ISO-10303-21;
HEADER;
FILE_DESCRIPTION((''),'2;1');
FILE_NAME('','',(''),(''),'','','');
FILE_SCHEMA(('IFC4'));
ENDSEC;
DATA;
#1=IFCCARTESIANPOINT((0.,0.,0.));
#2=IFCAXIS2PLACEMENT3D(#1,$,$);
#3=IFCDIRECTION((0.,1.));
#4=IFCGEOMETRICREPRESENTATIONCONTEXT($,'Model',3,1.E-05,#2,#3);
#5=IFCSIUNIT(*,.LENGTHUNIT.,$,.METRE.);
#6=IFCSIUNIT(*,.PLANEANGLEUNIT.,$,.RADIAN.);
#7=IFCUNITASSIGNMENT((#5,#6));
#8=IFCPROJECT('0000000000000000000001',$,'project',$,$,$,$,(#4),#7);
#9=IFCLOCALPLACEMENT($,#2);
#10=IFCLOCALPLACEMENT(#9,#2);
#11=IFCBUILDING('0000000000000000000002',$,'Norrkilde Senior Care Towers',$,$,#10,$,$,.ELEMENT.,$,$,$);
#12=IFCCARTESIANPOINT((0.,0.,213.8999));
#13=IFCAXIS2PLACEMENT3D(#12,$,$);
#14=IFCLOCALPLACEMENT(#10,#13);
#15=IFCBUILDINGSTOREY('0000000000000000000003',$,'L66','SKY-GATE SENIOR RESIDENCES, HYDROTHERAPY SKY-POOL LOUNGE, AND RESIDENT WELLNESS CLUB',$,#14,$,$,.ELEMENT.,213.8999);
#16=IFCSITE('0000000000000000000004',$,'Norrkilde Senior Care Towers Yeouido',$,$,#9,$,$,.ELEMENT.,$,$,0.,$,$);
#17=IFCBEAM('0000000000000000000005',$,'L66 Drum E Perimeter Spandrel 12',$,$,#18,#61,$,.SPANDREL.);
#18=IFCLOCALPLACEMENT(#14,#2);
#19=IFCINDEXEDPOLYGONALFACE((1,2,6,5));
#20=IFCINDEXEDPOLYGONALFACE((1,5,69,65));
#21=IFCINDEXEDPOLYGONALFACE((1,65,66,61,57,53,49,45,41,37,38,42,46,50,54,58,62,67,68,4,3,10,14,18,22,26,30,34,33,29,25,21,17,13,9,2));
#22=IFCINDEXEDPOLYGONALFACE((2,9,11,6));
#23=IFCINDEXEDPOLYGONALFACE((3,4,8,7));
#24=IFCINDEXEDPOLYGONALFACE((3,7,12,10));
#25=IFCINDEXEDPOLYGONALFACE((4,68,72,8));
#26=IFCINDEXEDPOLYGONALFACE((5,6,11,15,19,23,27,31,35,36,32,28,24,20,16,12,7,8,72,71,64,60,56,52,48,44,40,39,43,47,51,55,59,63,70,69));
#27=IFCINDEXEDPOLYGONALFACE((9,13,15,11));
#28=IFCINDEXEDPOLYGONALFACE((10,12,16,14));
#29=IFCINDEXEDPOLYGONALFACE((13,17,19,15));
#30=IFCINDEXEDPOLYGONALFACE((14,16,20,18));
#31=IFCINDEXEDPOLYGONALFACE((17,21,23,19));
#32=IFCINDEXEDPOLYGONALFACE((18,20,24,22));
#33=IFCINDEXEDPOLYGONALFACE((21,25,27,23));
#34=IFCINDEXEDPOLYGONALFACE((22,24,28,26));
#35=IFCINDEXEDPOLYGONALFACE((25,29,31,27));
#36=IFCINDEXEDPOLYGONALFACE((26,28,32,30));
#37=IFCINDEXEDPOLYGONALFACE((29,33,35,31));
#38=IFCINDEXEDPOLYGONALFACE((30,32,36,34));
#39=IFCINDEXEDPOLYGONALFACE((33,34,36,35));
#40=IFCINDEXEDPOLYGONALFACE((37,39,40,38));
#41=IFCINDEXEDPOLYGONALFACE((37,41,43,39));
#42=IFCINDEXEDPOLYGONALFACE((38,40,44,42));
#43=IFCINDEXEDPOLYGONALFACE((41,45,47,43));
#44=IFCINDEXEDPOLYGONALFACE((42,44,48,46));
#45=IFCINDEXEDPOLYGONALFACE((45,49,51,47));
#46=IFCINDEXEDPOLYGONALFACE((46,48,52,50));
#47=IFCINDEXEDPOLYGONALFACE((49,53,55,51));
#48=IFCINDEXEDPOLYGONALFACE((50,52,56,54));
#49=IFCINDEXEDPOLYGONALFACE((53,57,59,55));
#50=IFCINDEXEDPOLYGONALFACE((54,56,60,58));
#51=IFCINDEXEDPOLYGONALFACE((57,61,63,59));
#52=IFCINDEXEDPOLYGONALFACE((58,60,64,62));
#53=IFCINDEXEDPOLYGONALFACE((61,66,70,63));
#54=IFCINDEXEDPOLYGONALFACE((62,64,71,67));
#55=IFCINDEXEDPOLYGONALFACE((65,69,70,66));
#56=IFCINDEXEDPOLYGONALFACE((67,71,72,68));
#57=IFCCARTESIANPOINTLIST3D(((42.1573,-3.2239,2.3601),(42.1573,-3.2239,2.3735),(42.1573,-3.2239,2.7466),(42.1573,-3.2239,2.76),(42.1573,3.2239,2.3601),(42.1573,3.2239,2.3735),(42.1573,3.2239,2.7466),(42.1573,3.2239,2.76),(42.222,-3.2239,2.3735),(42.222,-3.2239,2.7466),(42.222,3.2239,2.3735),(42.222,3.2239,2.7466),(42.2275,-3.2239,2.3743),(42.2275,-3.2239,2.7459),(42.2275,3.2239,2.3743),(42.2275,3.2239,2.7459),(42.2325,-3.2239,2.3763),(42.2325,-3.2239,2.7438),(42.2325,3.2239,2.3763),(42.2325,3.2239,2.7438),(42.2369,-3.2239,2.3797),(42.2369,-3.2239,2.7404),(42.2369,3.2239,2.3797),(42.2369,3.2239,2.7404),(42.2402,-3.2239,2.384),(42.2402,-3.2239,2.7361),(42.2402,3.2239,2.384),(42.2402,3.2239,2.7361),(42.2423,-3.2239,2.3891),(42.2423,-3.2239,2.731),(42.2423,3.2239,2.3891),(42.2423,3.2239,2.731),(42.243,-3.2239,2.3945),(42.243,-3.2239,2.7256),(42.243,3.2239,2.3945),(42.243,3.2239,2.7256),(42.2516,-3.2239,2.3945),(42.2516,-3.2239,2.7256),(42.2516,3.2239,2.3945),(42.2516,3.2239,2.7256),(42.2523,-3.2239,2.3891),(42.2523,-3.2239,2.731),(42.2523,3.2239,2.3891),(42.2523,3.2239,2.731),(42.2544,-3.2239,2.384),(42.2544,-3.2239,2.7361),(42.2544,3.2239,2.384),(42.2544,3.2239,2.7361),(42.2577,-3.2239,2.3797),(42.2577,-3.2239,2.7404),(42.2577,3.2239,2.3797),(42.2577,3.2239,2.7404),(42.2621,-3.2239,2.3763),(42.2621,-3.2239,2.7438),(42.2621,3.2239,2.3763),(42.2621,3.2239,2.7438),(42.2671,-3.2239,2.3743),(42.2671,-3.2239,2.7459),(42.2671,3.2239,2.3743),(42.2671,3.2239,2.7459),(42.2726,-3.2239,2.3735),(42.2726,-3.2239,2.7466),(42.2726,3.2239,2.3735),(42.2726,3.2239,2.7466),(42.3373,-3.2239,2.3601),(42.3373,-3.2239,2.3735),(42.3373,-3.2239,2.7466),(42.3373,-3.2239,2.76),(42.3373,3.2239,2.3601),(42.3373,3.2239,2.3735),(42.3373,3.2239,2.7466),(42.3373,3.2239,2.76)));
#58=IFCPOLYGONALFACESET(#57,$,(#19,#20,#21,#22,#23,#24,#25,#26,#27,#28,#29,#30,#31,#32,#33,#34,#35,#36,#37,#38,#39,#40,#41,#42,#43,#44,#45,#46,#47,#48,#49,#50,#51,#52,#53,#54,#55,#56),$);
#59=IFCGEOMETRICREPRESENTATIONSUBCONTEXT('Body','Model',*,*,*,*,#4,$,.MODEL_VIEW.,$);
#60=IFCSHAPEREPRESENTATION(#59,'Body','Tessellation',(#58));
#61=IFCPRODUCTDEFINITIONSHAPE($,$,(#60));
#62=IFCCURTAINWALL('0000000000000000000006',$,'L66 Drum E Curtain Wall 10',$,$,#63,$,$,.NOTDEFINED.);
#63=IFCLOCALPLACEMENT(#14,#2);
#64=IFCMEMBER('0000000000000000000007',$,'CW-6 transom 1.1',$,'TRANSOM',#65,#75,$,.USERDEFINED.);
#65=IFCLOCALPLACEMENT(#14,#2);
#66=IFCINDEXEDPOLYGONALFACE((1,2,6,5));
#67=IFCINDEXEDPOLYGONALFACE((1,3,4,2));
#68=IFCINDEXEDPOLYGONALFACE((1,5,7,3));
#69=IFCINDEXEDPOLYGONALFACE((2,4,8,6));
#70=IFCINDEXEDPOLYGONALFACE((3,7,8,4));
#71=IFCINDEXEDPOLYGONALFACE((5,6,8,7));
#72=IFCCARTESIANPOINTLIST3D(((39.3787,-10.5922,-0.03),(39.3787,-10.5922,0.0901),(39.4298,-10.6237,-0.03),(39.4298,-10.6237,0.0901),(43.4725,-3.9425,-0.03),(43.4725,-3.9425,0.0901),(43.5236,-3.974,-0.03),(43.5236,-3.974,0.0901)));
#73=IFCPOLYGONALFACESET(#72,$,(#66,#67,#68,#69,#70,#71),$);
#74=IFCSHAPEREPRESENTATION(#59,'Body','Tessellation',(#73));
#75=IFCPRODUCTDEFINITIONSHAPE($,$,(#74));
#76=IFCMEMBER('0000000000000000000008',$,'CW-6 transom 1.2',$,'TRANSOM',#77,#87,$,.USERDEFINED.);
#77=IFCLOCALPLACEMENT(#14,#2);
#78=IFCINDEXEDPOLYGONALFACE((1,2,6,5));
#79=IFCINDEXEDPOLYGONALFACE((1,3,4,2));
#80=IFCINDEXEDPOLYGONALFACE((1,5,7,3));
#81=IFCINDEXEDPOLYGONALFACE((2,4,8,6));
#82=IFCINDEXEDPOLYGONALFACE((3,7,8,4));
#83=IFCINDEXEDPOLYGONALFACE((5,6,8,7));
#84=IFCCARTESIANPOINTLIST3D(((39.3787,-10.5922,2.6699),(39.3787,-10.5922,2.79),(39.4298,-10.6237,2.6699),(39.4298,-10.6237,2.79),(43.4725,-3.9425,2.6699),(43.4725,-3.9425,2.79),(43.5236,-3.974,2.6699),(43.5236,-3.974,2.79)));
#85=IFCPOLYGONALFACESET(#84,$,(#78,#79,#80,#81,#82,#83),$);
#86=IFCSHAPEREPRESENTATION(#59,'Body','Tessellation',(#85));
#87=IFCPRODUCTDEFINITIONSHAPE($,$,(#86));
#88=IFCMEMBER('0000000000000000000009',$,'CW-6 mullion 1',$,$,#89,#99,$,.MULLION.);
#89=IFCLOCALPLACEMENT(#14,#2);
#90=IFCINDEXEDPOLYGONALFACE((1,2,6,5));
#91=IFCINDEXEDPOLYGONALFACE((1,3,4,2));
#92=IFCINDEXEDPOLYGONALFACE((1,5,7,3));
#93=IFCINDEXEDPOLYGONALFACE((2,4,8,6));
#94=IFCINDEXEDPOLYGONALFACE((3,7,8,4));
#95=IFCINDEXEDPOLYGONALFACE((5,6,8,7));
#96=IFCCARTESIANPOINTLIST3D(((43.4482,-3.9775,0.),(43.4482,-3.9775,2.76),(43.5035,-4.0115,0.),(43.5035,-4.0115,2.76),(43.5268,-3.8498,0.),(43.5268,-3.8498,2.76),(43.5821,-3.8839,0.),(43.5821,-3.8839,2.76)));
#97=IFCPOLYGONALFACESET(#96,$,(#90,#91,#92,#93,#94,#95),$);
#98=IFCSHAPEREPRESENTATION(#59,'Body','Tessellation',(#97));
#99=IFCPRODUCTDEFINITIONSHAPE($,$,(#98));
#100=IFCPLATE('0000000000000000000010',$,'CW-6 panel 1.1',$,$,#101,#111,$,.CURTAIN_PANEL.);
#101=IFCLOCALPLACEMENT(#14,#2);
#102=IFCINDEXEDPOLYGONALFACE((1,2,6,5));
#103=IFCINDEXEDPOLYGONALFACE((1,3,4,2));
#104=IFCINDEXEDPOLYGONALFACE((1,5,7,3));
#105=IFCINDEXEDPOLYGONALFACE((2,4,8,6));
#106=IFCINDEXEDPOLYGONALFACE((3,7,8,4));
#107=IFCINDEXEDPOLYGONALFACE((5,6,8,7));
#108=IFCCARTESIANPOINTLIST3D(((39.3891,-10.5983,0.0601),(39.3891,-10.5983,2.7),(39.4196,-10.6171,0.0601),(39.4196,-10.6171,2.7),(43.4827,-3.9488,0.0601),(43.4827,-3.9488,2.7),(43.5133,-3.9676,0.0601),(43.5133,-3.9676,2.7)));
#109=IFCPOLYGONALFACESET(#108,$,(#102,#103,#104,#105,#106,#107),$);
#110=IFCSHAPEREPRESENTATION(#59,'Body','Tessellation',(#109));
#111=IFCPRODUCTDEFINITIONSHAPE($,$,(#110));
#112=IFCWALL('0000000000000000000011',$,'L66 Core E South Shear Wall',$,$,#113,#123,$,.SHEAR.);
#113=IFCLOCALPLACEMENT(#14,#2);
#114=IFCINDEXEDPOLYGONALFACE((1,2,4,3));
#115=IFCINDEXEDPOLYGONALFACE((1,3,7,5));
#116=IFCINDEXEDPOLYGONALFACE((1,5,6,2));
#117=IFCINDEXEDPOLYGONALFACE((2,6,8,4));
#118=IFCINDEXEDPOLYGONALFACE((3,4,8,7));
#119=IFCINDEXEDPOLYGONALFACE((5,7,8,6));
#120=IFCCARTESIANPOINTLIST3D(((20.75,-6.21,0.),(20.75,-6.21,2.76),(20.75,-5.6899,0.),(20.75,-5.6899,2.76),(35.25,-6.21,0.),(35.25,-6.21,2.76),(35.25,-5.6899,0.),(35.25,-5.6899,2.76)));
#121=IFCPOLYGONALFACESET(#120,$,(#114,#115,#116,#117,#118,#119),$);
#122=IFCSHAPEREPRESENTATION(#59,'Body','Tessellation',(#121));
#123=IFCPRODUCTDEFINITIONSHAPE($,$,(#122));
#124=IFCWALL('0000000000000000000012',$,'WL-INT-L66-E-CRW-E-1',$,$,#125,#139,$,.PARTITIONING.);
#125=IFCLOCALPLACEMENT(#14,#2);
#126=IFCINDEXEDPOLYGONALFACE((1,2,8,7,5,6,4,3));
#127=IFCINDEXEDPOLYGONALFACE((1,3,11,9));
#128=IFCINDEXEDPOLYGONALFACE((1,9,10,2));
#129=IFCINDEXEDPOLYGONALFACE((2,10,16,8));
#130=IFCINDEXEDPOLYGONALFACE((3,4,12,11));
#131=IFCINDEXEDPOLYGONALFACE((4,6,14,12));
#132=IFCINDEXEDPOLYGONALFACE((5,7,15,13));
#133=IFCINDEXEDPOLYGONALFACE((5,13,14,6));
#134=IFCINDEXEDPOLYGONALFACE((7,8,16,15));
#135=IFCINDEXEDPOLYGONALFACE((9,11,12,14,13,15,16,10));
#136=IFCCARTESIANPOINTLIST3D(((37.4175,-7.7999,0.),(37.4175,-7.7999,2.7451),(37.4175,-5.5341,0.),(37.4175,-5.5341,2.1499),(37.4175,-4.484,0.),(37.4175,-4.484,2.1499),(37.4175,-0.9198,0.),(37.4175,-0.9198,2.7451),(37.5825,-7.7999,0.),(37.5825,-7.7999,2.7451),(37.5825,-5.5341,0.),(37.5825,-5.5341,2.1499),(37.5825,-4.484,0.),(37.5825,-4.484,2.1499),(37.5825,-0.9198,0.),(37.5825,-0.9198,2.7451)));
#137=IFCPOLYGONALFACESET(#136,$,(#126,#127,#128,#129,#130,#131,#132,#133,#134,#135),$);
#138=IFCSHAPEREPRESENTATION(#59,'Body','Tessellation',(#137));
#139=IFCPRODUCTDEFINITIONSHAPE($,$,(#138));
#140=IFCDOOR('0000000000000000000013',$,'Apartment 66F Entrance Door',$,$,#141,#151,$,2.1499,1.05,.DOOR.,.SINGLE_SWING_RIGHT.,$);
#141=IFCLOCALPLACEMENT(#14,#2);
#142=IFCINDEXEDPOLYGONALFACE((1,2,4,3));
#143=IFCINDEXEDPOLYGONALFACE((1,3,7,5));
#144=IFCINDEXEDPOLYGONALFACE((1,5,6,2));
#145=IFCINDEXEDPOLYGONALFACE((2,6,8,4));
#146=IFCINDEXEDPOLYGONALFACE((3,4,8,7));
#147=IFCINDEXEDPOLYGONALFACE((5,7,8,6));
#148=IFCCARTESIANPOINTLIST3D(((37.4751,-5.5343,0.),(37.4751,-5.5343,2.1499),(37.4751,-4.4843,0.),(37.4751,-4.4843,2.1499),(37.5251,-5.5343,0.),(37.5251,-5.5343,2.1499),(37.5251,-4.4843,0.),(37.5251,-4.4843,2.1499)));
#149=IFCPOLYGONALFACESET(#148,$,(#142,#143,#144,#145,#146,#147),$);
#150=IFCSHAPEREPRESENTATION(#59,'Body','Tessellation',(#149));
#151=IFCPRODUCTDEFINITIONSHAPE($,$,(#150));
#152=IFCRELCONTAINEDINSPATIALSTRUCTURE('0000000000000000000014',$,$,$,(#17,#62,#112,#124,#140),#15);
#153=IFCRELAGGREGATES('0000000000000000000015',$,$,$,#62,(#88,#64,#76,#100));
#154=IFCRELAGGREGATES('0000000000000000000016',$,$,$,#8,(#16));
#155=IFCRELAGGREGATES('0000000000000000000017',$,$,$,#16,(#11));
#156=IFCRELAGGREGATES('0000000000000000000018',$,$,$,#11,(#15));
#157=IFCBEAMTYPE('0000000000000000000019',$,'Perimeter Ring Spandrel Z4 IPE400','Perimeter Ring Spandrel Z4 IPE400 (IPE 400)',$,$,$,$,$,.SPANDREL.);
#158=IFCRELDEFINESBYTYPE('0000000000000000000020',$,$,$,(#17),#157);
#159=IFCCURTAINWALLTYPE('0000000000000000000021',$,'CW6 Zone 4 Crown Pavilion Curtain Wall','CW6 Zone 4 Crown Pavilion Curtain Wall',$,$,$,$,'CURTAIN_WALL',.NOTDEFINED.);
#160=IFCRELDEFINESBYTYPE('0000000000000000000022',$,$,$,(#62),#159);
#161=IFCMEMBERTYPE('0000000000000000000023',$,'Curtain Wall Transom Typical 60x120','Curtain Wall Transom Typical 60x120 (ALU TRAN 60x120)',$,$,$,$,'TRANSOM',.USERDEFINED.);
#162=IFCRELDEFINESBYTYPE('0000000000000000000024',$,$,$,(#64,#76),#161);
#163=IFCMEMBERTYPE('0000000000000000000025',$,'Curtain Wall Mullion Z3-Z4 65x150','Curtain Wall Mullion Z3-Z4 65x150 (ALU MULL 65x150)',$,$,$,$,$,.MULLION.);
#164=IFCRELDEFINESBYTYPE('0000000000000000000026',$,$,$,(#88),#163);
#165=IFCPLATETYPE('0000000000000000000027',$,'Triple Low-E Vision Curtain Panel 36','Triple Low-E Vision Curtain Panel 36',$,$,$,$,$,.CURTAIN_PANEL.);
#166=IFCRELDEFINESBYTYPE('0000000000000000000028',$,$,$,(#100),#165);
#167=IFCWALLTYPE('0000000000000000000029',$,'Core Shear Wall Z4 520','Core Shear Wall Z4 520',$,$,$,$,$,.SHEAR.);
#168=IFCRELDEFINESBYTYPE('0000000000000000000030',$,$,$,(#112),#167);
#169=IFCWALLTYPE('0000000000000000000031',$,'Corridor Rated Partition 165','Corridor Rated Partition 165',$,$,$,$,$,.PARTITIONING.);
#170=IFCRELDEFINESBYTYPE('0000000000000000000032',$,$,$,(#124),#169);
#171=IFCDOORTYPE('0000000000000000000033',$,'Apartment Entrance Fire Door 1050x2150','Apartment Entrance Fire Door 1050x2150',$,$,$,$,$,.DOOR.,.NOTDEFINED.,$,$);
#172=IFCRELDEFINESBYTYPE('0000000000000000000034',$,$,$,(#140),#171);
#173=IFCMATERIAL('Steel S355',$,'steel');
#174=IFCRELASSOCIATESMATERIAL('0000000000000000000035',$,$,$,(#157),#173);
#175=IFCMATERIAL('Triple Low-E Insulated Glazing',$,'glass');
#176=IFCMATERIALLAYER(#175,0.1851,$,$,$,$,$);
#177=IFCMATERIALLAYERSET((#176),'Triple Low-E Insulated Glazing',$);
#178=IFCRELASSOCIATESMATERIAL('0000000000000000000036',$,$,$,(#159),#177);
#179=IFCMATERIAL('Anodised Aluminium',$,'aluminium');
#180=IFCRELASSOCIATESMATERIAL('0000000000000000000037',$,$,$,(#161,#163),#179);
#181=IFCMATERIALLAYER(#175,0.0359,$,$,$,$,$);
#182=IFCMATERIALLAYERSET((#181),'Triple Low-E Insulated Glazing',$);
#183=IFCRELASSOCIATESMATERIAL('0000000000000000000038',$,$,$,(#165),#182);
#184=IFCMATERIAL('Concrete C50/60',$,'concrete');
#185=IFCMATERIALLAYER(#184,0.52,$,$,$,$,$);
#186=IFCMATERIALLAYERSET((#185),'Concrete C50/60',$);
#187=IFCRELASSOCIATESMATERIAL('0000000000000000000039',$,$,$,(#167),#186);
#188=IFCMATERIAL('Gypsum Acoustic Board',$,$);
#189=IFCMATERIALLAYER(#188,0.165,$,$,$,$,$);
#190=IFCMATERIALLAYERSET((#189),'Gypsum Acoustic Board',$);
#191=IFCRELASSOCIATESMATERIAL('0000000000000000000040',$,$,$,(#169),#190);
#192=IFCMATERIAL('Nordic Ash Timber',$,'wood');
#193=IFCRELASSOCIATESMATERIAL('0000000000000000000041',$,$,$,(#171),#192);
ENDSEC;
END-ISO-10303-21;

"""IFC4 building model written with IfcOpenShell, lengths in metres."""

from ifc_helpers import new_model, si_unit, direction, frame, frame_2d, origin, origin_2d, place, context, subcontext, project, spatial, rectangle, i_section, extrude, source, transform, mapped, material, layer, layer_set, material_profile, profile_set, type_object, type_shapes, element, fill, aggregate, save


model = new_model("IFC4")

# Units and contexts
model_context = context("Model", 3, precision=1e-05, world=origin(), true_north=direction((0.0, 1.0)))
body_context = subcontext(model_context, "Body", "Model", "MODEL_VIEW")
ifc_project = project(units=[si_unit("LENGTHUNIT", "METRE"), si_unit("PLANEANGLEUNIT", "RADIAN")], contexts=[model_context])

# Site, building, storey
site_placement = place(None, origin())
site = spatial("IfcSite", under=ifc_project, at=site_placement, Name="Norrkilde Senior Care Towers Yeouido", CompositionType="ELEMENT", RefElevation=0.0)
building_placement = place(site_placement, origin())
building = spatial("IfcBuilding", under=site, at=building_placement, Name="Norrkilde Senior Care Towers", CompositionType="ELEMENT")
storey_placement = place(building_placement, frame((0.0, 0.0, 213.8999)))
storey = spatial("IfcBuildingStorey", under=building, at=storey_placement, Name="L66", Description="SKY-GATE SENIOR RESIDENCES, HYDROTHERAPY SKY-POOL LOUNGE, AND RESIDENT WELLNESS CLUB", CompositionType="ELEMENT", Elevation=213.8999)

# Shared definitions
ifc_material_1 = material(Name="Concrete C50/60", Category="concrete")

# Beam
ifc_material_2 = material(Name="Steel S355", Category="steel")
ifc_material_profile_1 = material_profile(ifc_material_2, i_section(OverallWidth=0.1799, OverallDepth=0.3999, WebThickness=0.0085, FlangeThickness=0.0134, FilletRadius=0.021, at=origin_2d()), Name="IPE 400")
ifc_profile_set_1 = profile_set([ifc_material_profile_1], Name="Steel S355")
beam_type_1 = type_object("IfcBeamType", Name="Perimeter Ring Spandrel Z4 IPE400", Description="Perimeter Ring Spandrel Z4 IPE400 (IPE 400)", PredefinedType="SPANDREL", material=ifc_profile_set_1)
shared_shape_1 = source(origin(), body_context, "Body", "SweptSolid", [
    extrude(i_section(OverallWidth=0.1799, OverallDepth=0.3999, WebThickness=0.0085, FlangeThickness=0.0134, FilletRadius=0.021, at=origin_2d()), origin(), (0.0, 0.0, 1.0), 6.4478),
])
type_shapes(beam_type_1, [shared_shape_1])
beam_1_placement = place(storey_placement, frame((42.2473, -3.2239, 2.5601), z_axis=(0.0, 1.0, 0.0), x_axis=(-1.0, 0.0, 0.0)))
element("IfcBeam", 1, at=beam_1_placement, inside=storey, type_object=beam_type_1, Name="L66 Drum E Perimeter Spandrel 12", PredefinedType="SPANDREL", context=body_context, shape_type="MappedRepresentation", body=[
    mapped(shared_shape_1, transform((0.0, 0.0, 0.0), x_axis=(1.0, 0.0, 0.0), y_axis=(0.0, 1.0, 0.0), z_axis=(0.0, 0.0, 1.0), scale=1.0)),
])

# Curtain wall, members, plate
ifc_material_3 = material(Name="Triple Low-E Insulated Glazing", Category="glass")
ifc_layer_1 = layer(ifc_material_3, 0.1851)
ifc_layer_set_1 = layer_set([ifc_layer_1], Name="Triple Low-E Insulated Glazing")
curtain_wall_type = type_object("IfcCurtainWallType", Name="CW6 Zone 4 Crown Pavilion Curtain Wall", Description="CW6 Zone 4 Crown Pavilion Curtain Wall", ElementType="CURTAIN_WALL", PredefinedType="NOTDEFINED", material=ifc_layer_set_1)
curtain_wall_placement = place(storey_placement, origin())
curtain_wall = element("IfcCurtainWall", 2, at=curtain_wall_placement, inside=storey, type_object=curtain_wall_type, Name="L66 Drum E Curtain Wall 10", PredefinedType="NOTDEFINED")
ifc_material_4 = material(Name="Anodised Aluminium", Category="aluminium")
ifc_material_profile_2 = material_profile(ifc_material_4, rectangle(XDim=0.0601, YDim=0.1201, at=origin_2d()), Name="ALU TRAN 60x120")
ifc_profile_set_2 = profile_set([ifc_material_profile_2], Name="Anodised Aluminium")
member_type_1 = type_object("IfcMemberType", Name="Curtain Wall Transom Typical 60x120", Description="Curtain Wall Transom Typical 60x120 (ALU TRAN 60x120)", ElementType="TRANSOM", PredefinedType="USERDEFINED", material=ifc_profile_set_2)
shared_shape_2 = source(origin(), body_context, "Body", "SweptSolid", [
    extrude(rectangle(XDim=0.0601, YDim=0.1201, at=origin_2d()), origin(), (0.0, 0.0, 1.0), 7.8088),
])
type_shapes(member_type_1, [shared_shape_2])
member_1_placement = place(storey_placement, frame((43.498, -3.9583, 0.03), z_axis=(-0.524251, -0.851564, 0.0), x_axis=(0.851564, -0.524251, 0.0)))
member_1 = element("IfcMember", 3, at=member_1_placement, type_object=member_type_1, Name="CW-6 transom 1.1", ObjectType="TRANSOM", PredefinedType="USERDEFINED", context=body_context, shape_type="MappedRepresentation", body=[
    mapped(shared_shape_2, transform((0.0, 0.0, 0.0), x_axis=(1.0, 0.0, 0.0), y_axis=(0.0, 1.0, 0.0), z_axis=(0.0, 0.0, 1.0), scale=1.0)),
])
member_2_placement = place(storey_placement, frame((43.498, -3.9583, 2.73), z_axis=(-0.524251, -0.851564, 0.0), x_axis=(0.851564, -0.524251, 0.0)))
member_2 = element("IfcMember", 4, at=member_2_placement, type_object=member_type_1, Name="CW-6 transom 1.2", ObjectType="TRANSOM", PredefinedType="USERDEFINED", context=body_context, shape_type="MappedRepresentation", body=[
    mapped(shared_shape_2, transform((0.0, 0.0, 0.0), x_axis=(1.0, 0.0, 0.0), y_axis=(0.0, 1.0, 0.0), z_axis=(0.0, 0.0, 1.0), scale=1.0)),
])
ifc_material_profile_3 = material_profile(ifc_material_4, rectangle(XDim=0.0649, YDim=0.1499, at=origin_2d()), Name="ALU MULL 65x150")
ifc_profile_set_3 = profile_set([ifc_material_profile_3], Name="Anodised Aluminium")
member_type_2 = type_object("IfcMemberType", Name="Curtain Wall Mullion Z3-Z4 65x150", Description="Curtain Wall Mullion Z3-Z4 65x150 (ALU MULL 65x150)", PredefinedType="MULLION", material=ifc_profile_set_3)
shared_shape_3 = source(origin(), body_context, "Body", "SweptSolid", [
    extrude(rectangle(XDim=0.0649, YDim=0.1499, at=origin_2d()), origin(), (0.0, 0.0, 1.0), 2.76),
])
type_shapes(member_type_2, [shared_shape_3])
member_3_placement = place(storey_placement, frame((43.5151, -3.9307, 0.0), z_axis=(0.0, 0.0, 1.0), x_axis=(0.851563, -0.524253, 0.0)))
member_3 = element("IfcMember", 5, at=member_3_placement, type_object=member_type_2, Name="CW-6 mullion 1", PredefinedType="MULLION", context=body_context, shape_type="MappedRepresentation", body=[
    mapped(shared_shape_3, transform((0.0, 0.0, 0.0), x_axis=(1.0, 0.0, 0.0), y_axis=(0.0, 1.0, 0.0), z_axis=(0.0, 0.0, 1.0), scale=1.0)),
])
ifc_layer_2 = layer(ifc_material_3, 0.0359)
ifc_layer_set_2 = layer_set([ifc_layer_2], Name="Triple Low-E Insulated Glazing")
plate_type = type_object("IfcPlateType", Name="Triple Low-E Vision Curtain Panel 36", Description="Triple Low-E Vision Curtain Panel 36", PredefinedType="CURTAIN_PANEL", material=ifc_layer_set_2)
shared_shape_4 = source(origin(), body_context, "Body", "SweptSolid", [
    extrude(rectangle(XDim=7.8086, YDim=0.0359, at=origin_2d()), origin(), (0.0, 0.0, 1.0), 2.6399),
])
type_shapes(plate_type, [shared_shape_4])
plate_placement = place(storey_placement, frame((41.4512, -7.283, 0.0601), z_axis=(0.0, 0.0, 1.0), x_axis=(-0.524253, -0.851563, 0.0)))
plate = element("IfcPlate", 6, at=plate_placement, type_object=plate_type, Name="CW-6 panel 1.1", PredefinedType="CURTAIN_PANEL", context=body_context, shape_type="MappedRepresentation", body=[
    mapped(shared_shape_4, transform((0.0, 0.0, 0.0), x_axis=(1.0, 0.0, 0.0), y_axis=(0.0, 1.0, 0.0), z_axis=(0.0, 0.0, 1.0), scale=1.0)),
])
aggregate(curtain_wall, [member_3, member_1, member_2, plate])

# Wall
ifc_layer_3 = layer(ifc_material_1, 0.52)
ifc_layer_set_3 = layer_set([ifc_layer_3], Name="Concrete C50/60")
wall_type_1 = type_object("IfcWallType", Name="Core Shear Wall Z4 520", Description="Core Shear Wall Z4 520", PredefinedType="SHEAR", material=ifc_layer_set_3)
shared_shape_5 = source(origin(), body_context, "Body", "SweptSolid", [
    extrude(rectangle(XDim=14.5, YDim=0.52, at=frame_2d((7.25, 0.0))), origin(), (0.0, 0.0, 1.0), 2.76),
])
type_shapes(wall_type_1, [shared_shape_5])
wall_1_placement = place(storey_placement, frame((35.25, -5.95, 0.0), z_axis=(0.0, 0.0, 1.0), x_axis=(-1.0, 0.0, 0.0)))
element("IfcWall", 7, at=wall_1_placement, inside=storey, type_object=wall_type_1, Name="L66 Core E South Shear Wall", PredefinedType="SHEAR", context=body_context, shape_type="MappedRepresentation", body=[
    mapped(shared_shape_5, transform((0.0, 0.0, 0.0), x_axis=(1.0, 0.0, 0.0), y_axis=(0.0, 1.0, 0.0), z_axis=(0.0, 0.0, 1.0), scale=1.0)),
])

# Wall, opening, door
ifc_material_5 = material(Name="Gypsum Acoustic Board")
ifc_layer_4 = layer(ifc_material_5, 0.165)
ifc_layer_set_4 = layer_set([ifc_layer_4], Name="Gypsum Acoustic Board")
wall_type_2 = type_object("IfcWallType", Name="Corridor Rated Partition 165", Description="Corridor Rated Partition 165", PredefinedType="PARTITIONING", material=ifc_layer_set_4)
shared_shape_6 = source(origin(), body_context, "Body", "SweptSolid", [
    extrude(rectangle(XDim=6.8801, YDim=0.165, at=frame_2d((3.4399, 0.0))), origin(), (0.0, 0.0, 1.0), 2.7451),
])
wall_2_placement = place(storey_placement, frame((37.5, -0.9199, 0.0), z_axis=(0.0, 0.0, 1.0), x_axis=(0.0, -1.0, 0.0)))
wall_2 = element("IfcWall", 8, at=wall_2_placement, inside=storey, type_object=wall_type_2, Name="WL-INT-L66-E-CRW-E-1", PredefinedType="PARTITIONING", context=body_context, shape_type="MappedRepresentation", body=[
    mapped(shared_shape_6, transform((0.0, 0.0, 0.0), x_axis=(1.0, 0.0, 0.0), y_axis=(0.0, 1.0, 0.0), z_axis=(0.0, 0.0, 1.0), scale=1.0)),
])
opening_1_placement = place(wall_2_placement, frame((3.5642, 0.0, 0.0)))
opening_1 = element("IfcOpeningElement", 9, at=opening_1_placement, cuts=wall_2, PredefinedType="OPENING", context=body_context, shape_type="SweptSolid", body=[
    extrude(rectangle(XDim=1.05, YDim=2.1499, at=frame_2d((0.5249, 1.075))), frame((0.0, 0.0925, 0.0), z_axis=(0.0, -1.0, 0.0), x_axis=(1.0, 0.0, 0.0)), (0.0, 0.0, 1.0), 0.1851),
])
ifc_material_6 = material(Name="Nordic Ash Timber", Category="wood")
door_type_1 = type_object("IfcDoorType", Name="Apartment Entrance Fire Door 1050x2150", Description="Apartment Entrance Fire Door 1050x2150", OperationType="NOTDEFINED", PredefinedType="DOOR", material=ifc_material_6)
shared_shape_7 = source(origin(), body_context, "Body", "SweptSolid", [
    extrude(rectangle(XDim=1.05, YDim=2.1499, at=frame_2d((0.5249, 1.075))), frame((0.0, 0.0249, 0.0), z_axis=(0.0, -1.0, 0.0), x_axis=(1.0, 0.0, 0.0)), (0.0, 0.0, 1.0), 0.05),
])
type_shapes(door_type_1, [shared_shape_7])
door_1_placement = place(opening_1_placement, frame((1.05, 0.0, 0.0), z_axis=(0.0, 0.0, 1.0), x_axis=(-1.0, 0.0, 0.0)))
door_1 = element("IfcDoor", 10, at=door_1_placement, inside=storey, type_object=door_type_1, Name="Apartment 66F Entrance Door", OperationType="SINGLE_SWING_RIGHT", OverallHeight=2.1499, OverallWidth=1.05, PredefinedType="DOOR", context=body_context, shape_type="MappedRepresentation", body=[
    mapped(shared_shape_7, transform((0.0, 0.0, 0.0), x_axis=(1.0, 0.0, 0.0), y_axis=(0.0, 1.0, 0.0), z_axis=(0.0, 0.0, 1.0), scale=1.0)),
])
fill(opening_1, door_1)

save(model, "model.ifc")
